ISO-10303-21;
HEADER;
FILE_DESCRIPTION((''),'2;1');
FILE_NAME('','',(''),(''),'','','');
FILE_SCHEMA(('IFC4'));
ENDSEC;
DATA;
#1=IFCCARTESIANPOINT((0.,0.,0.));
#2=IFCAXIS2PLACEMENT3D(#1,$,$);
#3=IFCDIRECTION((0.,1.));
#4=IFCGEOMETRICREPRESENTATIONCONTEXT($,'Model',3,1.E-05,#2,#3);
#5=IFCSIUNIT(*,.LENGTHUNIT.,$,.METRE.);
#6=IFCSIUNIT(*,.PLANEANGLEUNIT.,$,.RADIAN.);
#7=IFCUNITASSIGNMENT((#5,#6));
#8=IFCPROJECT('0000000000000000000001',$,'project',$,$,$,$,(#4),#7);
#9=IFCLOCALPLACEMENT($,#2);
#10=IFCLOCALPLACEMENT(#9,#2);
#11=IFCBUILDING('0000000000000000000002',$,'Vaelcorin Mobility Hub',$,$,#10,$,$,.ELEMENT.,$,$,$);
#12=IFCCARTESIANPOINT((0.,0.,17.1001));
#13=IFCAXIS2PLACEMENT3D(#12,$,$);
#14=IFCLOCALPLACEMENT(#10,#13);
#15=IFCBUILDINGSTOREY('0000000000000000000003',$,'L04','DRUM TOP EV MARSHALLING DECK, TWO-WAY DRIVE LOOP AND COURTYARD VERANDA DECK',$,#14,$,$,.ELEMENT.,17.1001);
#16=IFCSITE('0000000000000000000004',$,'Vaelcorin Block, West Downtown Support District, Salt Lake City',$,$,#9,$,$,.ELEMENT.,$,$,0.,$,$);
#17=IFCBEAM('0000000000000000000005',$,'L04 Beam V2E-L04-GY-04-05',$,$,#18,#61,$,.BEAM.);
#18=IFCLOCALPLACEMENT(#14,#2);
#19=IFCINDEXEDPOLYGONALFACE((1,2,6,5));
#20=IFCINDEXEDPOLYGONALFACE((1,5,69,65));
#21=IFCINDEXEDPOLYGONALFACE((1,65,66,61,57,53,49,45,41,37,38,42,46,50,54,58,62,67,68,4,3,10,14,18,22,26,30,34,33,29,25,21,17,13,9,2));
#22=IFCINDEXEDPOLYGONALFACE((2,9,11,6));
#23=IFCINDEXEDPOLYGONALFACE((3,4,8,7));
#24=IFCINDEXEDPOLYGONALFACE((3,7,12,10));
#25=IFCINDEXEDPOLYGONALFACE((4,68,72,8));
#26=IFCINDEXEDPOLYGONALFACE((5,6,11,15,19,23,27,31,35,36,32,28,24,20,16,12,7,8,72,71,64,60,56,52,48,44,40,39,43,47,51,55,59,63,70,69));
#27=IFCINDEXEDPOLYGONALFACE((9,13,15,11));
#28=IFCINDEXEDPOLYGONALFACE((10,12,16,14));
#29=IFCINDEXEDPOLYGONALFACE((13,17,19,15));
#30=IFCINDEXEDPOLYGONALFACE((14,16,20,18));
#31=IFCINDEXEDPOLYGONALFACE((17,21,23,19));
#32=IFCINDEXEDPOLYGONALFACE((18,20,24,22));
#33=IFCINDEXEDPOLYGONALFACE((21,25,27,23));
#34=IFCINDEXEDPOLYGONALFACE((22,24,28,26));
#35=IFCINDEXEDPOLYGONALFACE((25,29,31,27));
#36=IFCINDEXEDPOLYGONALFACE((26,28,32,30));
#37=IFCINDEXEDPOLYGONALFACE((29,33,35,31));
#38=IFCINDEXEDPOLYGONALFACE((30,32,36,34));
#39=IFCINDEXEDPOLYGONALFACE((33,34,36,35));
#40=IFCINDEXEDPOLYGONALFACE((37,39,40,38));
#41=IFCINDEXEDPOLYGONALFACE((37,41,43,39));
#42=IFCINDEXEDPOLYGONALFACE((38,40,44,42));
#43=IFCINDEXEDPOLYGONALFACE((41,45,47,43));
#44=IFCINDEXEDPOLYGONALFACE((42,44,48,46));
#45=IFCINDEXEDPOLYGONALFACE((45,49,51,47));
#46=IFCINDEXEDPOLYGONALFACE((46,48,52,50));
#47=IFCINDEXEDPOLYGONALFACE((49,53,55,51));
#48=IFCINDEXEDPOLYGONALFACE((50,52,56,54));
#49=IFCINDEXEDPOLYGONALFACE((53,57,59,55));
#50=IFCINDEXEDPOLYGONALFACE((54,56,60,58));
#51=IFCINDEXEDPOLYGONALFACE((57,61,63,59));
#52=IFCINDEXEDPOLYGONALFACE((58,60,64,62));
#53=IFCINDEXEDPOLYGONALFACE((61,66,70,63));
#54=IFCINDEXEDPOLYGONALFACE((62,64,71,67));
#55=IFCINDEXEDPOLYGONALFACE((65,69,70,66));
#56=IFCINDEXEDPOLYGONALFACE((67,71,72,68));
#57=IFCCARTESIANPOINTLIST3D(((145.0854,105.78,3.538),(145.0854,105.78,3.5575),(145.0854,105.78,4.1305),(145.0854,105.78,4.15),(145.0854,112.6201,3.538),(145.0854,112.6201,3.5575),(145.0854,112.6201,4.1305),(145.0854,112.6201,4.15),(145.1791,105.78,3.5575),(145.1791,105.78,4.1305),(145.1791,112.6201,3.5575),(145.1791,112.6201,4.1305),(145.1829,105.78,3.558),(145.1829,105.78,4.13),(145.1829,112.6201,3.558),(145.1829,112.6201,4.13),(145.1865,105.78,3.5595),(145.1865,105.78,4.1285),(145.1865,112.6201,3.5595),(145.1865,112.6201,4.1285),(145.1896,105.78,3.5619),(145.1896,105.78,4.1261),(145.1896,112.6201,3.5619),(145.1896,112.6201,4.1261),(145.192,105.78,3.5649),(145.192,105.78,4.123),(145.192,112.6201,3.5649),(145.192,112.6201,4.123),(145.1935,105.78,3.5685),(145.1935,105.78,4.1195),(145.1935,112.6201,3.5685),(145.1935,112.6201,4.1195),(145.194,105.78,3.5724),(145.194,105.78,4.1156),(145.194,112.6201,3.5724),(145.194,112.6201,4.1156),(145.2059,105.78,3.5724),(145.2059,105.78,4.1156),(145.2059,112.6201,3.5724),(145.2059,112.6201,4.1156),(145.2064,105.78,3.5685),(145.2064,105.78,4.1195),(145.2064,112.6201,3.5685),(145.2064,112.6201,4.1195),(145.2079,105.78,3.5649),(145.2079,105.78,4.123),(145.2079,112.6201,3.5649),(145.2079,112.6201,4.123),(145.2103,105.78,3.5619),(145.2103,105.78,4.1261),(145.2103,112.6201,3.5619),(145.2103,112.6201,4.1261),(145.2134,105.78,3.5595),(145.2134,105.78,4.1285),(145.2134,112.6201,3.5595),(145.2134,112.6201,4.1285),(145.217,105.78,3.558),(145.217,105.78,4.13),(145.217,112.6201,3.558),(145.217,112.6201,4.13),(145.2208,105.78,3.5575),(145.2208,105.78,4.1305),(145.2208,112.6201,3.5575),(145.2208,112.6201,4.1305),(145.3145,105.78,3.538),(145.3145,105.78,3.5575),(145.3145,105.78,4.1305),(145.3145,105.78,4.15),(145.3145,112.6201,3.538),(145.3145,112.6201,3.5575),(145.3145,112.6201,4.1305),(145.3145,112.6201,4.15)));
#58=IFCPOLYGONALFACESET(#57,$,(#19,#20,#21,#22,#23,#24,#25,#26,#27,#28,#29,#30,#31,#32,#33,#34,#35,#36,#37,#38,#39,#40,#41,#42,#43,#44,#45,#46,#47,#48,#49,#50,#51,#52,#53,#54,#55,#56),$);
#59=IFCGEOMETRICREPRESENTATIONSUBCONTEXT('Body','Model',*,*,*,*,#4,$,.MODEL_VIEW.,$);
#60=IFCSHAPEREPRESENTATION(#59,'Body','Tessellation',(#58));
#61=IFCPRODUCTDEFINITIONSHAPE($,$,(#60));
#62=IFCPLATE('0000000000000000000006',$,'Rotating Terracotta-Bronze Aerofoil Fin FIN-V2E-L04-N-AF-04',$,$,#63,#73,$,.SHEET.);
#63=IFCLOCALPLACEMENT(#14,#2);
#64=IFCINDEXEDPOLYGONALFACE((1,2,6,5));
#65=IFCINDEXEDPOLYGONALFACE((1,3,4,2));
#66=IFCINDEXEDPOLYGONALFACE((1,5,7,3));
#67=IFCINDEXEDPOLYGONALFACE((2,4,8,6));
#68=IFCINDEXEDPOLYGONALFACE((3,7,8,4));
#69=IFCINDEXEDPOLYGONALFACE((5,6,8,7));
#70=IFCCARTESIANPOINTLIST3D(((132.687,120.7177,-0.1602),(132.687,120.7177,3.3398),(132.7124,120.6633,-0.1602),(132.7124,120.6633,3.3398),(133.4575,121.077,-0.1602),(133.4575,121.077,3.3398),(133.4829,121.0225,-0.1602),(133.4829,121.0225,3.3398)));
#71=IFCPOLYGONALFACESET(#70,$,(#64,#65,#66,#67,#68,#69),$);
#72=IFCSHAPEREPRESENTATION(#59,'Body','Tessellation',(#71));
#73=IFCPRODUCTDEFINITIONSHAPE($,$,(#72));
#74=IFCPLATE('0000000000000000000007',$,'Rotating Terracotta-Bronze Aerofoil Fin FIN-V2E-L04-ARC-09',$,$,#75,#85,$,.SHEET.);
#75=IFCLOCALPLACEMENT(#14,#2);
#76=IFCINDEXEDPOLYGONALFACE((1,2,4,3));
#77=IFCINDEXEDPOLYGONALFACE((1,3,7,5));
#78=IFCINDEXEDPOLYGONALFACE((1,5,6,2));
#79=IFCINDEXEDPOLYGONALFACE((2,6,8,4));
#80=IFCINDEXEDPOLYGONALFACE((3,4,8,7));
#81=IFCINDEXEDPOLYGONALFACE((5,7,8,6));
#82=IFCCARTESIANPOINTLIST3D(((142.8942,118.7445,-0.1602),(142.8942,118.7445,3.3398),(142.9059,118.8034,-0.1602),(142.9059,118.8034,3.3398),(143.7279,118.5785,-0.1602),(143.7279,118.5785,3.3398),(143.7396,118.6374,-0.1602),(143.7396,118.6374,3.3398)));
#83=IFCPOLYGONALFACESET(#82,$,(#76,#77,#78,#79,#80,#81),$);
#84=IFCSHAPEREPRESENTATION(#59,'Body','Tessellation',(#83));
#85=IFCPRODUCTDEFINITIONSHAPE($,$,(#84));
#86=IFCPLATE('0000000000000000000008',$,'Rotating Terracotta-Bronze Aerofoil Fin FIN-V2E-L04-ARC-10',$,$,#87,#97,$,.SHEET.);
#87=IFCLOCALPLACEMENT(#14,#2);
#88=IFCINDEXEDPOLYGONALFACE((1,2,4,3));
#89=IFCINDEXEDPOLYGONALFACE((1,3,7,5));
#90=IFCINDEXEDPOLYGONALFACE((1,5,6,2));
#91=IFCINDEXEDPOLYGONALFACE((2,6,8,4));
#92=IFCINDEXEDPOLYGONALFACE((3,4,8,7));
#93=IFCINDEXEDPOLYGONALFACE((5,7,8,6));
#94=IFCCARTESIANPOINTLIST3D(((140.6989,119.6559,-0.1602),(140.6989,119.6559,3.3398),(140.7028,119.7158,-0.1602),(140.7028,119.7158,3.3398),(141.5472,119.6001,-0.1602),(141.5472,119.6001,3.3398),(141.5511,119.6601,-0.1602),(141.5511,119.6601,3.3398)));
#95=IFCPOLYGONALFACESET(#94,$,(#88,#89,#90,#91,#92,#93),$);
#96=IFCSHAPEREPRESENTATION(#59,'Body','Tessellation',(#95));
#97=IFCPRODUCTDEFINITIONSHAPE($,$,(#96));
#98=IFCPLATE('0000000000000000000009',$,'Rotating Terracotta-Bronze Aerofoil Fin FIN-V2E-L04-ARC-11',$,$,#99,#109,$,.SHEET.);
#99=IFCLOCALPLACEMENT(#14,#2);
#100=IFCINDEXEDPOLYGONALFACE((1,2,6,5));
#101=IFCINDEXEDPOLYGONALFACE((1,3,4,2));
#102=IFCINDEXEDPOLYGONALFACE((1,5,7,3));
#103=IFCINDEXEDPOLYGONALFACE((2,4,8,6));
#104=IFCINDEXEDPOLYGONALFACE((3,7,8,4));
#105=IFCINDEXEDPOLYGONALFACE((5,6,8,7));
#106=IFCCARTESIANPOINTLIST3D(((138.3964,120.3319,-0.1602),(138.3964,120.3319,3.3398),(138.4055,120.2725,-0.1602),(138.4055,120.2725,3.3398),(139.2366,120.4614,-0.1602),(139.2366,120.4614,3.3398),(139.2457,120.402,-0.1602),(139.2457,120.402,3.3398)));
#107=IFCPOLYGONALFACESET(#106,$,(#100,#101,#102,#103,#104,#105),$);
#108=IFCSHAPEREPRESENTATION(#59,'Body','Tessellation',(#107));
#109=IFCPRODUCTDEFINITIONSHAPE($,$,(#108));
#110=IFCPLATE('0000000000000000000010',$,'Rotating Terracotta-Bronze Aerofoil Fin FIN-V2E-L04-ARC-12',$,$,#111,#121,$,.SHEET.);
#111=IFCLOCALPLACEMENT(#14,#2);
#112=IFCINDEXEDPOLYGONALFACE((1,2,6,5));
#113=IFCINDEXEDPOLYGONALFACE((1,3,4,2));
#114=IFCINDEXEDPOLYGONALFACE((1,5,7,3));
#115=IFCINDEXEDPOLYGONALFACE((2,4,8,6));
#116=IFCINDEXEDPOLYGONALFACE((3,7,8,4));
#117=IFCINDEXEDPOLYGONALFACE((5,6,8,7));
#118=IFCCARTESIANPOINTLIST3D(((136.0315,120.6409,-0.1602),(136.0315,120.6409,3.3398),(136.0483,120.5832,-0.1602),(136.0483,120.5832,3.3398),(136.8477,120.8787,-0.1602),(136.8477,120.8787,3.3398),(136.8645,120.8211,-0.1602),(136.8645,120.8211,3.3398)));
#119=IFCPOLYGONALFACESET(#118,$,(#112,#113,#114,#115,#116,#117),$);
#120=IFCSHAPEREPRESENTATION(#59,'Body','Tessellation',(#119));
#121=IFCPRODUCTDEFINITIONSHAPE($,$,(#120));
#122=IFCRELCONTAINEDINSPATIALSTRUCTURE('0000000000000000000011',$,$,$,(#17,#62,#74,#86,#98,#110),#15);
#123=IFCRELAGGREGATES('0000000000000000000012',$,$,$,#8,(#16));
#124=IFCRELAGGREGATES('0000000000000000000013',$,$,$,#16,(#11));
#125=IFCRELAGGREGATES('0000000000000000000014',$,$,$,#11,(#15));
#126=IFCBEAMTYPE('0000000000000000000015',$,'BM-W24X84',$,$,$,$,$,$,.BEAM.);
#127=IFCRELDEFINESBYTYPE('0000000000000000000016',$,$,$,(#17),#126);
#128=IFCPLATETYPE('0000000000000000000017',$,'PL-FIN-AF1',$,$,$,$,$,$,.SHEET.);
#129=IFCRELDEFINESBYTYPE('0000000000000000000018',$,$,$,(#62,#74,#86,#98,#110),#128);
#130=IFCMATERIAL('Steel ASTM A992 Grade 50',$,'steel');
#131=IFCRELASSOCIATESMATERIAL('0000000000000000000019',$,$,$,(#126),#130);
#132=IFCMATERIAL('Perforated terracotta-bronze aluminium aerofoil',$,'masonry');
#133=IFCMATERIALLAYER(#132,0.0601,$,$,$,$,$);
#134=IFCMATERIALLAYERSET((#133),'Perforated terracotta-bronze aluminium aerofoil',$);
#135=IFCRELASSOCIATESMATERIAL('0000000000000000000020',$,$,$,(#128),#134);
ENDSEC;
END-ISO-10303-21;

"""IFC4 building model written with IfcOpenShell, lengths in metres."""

from ifc_helpers import new_model, si_unit, direction, frame, origin, origin_2d, place, context, subcontext, project, spatial, rectangle, i_section, extrude, material, layer, layer_set, material_profile, profile_set, type_object, element, save


model = new_model("IFC4")

# Units and contexts
model_context = context("Model", 3, precision=1e-05, world=origin(), true_north=direction((0.0, 1.0)))
body_context = subcontext(model_context, "Body", "Model", "MODEL_VIEW")
ifc_project = project(units=[si_unit("LENGTHUNIT", "METRE"), si_unit("PLANEANGLEUNIT", "RADIAN")], contexts=[model_context])

# Site, building, storey
site_placement = place(None, origin())
site = spatial("IfcSite", under=ifc_project, at=site_placement, Name="Vaelcorin Block, West Downtown Support District, Salt Lake City", CompositionType="ELEMENT", RefElevation=0.0)
building_placement = place(site_placement, origin())
building = spatial("IfcBuilding", under=site, at=building_placement, Name="Vaelcorin Mobility Hub", CompositionType="ELEMENT")
storey_placement = place(building_placement, frame((0.0, 0.0, 17.1001)))
storey = spatial("IfcBuildingStorey", under=building, at=storey_placement, Name="L04", Description="DRUM TOP EV MARSHALLING DECK, TWO-WAY DRIVE LOOP AND COURTYARD VERANDA DECK", CompositionType="ELEMENT", Elevation=17.1001)

# Shared definitions
ifc_material_1 = material(Name="Steel ASTM A992 Grade 50", Category="steel")

# Beam
ifc_material_profile_1 = material_profile(ifc_material_1, i_section(OverallWidth=0.229, OverallDepth=0.6121, WebThickness=0.012, FlangeThickness=0.0195, FilletRadius=0.0149, at=origin_2d()), Name="W24X84")
ifc_profile_set_1 = profile_set([ifc_material_profile_1], Name="Steel ASTM A992 Grade 50")
beam_type = type_object("IfcBeamType", Name="BM-W24X84", PredefinedType="BEAM", material=ifc_profile_set_1)
beam_1_placement = place(storey_placement, frame((145.2, 105.78, 3.844), z_axis=(0.0, 1.0, 0.0), x_axis=(-1.0, 0.0, 0.0)))
element("IfcBeam", 1, at=beam_1_placement, inside=storey, type_object=beam_type, Name="L04 Beam V2E-L04-GY-04-05", PredefinedType="BEAM", context=body_context, shape_type="SweptSolid", body=[
    extrude(i_section(OverallWidth=0.229, OverallDepth=0.6121, WebThickness=0.012, FlangeThickness=0.0195, FilletRadius=0.0149, at=origin_2d()), origin(), (0.0, 0.0, 1.0), 6.8401),
])

# Plates
ifc_material_2 = material(Name="Perforated terracotta-bronze aluminium aerofoil", Category="masonry")
ifc_layer_1 = layer(ifc_material_2, 0.0601)
ifc_layer_set_1 = layer_set([ifc_layer_1], Name="Perforated terracotta-bronze aluminium aerofoil")
plate_type = type_object("IfcPlateType", Name="PL-FIN-AF1", PredefinedType="SHEET", material=ifc_layer_set_1)
for number, where, z_axis, x_axis, name in (
    (2, (133.085, 120.8701, -0.1602), (0.0, 0.0, 1.0), (0.906308, 0.422618, 0.0), "Rotating Terracotta-Bronze Aerofoil Fin FIN-V2E-L04-N-AF-04"),
    (3, (143.3169, 118.6909, -0.1602), (0.0, 0.0, 1.0), (0.980751, -0.195261, 0.0), "Rotating Terracotta-Bronze Aerofoil Fin FIN-V2E-L04-ARC-09"),
    (4, (141.125, 119.658, -0.1602), (0.0, 0.0, 1.0), (0.99785, -0.065542, 0.0), "Rotating Terracotta-Bronze Aerofoil Fin FIN-V2E-L04-ARC-10"),
    (5, (138.821, 120.3669, -0.1602), (0.0, 0.0, 1.0), (0.98833, 0.15233, 0.0), "Rotating Terracotta-Bronze Aerofoil Fin FIN-V2E-L04-ARC-11"),
    (6, (136.448, 120.731, -0.1602), (0.0, 0.0, 1.0), (0.960055, 0.279812, 0.0), "Rotating Terracotta-Bronze Aerofoil Fin FIN-V2E-L04-ARC-12"),
):
    element("IfcPlate", number, at=place(storey_placement, frame(where, z_axis=z_axis, x_axis=x_axis)), inside=storey, type_object=plate_type, Name=name, PredefinedType="SHEET", context=body_context, shape_type="SweptSolid", body=[
        extrude(rectangle(XDim=0.8501, YDim=0.0601, at=origin_2d()), origin(), (0.0, 0.0, 1.0), 3.5),
    ])

save(model, "model.ifc")
